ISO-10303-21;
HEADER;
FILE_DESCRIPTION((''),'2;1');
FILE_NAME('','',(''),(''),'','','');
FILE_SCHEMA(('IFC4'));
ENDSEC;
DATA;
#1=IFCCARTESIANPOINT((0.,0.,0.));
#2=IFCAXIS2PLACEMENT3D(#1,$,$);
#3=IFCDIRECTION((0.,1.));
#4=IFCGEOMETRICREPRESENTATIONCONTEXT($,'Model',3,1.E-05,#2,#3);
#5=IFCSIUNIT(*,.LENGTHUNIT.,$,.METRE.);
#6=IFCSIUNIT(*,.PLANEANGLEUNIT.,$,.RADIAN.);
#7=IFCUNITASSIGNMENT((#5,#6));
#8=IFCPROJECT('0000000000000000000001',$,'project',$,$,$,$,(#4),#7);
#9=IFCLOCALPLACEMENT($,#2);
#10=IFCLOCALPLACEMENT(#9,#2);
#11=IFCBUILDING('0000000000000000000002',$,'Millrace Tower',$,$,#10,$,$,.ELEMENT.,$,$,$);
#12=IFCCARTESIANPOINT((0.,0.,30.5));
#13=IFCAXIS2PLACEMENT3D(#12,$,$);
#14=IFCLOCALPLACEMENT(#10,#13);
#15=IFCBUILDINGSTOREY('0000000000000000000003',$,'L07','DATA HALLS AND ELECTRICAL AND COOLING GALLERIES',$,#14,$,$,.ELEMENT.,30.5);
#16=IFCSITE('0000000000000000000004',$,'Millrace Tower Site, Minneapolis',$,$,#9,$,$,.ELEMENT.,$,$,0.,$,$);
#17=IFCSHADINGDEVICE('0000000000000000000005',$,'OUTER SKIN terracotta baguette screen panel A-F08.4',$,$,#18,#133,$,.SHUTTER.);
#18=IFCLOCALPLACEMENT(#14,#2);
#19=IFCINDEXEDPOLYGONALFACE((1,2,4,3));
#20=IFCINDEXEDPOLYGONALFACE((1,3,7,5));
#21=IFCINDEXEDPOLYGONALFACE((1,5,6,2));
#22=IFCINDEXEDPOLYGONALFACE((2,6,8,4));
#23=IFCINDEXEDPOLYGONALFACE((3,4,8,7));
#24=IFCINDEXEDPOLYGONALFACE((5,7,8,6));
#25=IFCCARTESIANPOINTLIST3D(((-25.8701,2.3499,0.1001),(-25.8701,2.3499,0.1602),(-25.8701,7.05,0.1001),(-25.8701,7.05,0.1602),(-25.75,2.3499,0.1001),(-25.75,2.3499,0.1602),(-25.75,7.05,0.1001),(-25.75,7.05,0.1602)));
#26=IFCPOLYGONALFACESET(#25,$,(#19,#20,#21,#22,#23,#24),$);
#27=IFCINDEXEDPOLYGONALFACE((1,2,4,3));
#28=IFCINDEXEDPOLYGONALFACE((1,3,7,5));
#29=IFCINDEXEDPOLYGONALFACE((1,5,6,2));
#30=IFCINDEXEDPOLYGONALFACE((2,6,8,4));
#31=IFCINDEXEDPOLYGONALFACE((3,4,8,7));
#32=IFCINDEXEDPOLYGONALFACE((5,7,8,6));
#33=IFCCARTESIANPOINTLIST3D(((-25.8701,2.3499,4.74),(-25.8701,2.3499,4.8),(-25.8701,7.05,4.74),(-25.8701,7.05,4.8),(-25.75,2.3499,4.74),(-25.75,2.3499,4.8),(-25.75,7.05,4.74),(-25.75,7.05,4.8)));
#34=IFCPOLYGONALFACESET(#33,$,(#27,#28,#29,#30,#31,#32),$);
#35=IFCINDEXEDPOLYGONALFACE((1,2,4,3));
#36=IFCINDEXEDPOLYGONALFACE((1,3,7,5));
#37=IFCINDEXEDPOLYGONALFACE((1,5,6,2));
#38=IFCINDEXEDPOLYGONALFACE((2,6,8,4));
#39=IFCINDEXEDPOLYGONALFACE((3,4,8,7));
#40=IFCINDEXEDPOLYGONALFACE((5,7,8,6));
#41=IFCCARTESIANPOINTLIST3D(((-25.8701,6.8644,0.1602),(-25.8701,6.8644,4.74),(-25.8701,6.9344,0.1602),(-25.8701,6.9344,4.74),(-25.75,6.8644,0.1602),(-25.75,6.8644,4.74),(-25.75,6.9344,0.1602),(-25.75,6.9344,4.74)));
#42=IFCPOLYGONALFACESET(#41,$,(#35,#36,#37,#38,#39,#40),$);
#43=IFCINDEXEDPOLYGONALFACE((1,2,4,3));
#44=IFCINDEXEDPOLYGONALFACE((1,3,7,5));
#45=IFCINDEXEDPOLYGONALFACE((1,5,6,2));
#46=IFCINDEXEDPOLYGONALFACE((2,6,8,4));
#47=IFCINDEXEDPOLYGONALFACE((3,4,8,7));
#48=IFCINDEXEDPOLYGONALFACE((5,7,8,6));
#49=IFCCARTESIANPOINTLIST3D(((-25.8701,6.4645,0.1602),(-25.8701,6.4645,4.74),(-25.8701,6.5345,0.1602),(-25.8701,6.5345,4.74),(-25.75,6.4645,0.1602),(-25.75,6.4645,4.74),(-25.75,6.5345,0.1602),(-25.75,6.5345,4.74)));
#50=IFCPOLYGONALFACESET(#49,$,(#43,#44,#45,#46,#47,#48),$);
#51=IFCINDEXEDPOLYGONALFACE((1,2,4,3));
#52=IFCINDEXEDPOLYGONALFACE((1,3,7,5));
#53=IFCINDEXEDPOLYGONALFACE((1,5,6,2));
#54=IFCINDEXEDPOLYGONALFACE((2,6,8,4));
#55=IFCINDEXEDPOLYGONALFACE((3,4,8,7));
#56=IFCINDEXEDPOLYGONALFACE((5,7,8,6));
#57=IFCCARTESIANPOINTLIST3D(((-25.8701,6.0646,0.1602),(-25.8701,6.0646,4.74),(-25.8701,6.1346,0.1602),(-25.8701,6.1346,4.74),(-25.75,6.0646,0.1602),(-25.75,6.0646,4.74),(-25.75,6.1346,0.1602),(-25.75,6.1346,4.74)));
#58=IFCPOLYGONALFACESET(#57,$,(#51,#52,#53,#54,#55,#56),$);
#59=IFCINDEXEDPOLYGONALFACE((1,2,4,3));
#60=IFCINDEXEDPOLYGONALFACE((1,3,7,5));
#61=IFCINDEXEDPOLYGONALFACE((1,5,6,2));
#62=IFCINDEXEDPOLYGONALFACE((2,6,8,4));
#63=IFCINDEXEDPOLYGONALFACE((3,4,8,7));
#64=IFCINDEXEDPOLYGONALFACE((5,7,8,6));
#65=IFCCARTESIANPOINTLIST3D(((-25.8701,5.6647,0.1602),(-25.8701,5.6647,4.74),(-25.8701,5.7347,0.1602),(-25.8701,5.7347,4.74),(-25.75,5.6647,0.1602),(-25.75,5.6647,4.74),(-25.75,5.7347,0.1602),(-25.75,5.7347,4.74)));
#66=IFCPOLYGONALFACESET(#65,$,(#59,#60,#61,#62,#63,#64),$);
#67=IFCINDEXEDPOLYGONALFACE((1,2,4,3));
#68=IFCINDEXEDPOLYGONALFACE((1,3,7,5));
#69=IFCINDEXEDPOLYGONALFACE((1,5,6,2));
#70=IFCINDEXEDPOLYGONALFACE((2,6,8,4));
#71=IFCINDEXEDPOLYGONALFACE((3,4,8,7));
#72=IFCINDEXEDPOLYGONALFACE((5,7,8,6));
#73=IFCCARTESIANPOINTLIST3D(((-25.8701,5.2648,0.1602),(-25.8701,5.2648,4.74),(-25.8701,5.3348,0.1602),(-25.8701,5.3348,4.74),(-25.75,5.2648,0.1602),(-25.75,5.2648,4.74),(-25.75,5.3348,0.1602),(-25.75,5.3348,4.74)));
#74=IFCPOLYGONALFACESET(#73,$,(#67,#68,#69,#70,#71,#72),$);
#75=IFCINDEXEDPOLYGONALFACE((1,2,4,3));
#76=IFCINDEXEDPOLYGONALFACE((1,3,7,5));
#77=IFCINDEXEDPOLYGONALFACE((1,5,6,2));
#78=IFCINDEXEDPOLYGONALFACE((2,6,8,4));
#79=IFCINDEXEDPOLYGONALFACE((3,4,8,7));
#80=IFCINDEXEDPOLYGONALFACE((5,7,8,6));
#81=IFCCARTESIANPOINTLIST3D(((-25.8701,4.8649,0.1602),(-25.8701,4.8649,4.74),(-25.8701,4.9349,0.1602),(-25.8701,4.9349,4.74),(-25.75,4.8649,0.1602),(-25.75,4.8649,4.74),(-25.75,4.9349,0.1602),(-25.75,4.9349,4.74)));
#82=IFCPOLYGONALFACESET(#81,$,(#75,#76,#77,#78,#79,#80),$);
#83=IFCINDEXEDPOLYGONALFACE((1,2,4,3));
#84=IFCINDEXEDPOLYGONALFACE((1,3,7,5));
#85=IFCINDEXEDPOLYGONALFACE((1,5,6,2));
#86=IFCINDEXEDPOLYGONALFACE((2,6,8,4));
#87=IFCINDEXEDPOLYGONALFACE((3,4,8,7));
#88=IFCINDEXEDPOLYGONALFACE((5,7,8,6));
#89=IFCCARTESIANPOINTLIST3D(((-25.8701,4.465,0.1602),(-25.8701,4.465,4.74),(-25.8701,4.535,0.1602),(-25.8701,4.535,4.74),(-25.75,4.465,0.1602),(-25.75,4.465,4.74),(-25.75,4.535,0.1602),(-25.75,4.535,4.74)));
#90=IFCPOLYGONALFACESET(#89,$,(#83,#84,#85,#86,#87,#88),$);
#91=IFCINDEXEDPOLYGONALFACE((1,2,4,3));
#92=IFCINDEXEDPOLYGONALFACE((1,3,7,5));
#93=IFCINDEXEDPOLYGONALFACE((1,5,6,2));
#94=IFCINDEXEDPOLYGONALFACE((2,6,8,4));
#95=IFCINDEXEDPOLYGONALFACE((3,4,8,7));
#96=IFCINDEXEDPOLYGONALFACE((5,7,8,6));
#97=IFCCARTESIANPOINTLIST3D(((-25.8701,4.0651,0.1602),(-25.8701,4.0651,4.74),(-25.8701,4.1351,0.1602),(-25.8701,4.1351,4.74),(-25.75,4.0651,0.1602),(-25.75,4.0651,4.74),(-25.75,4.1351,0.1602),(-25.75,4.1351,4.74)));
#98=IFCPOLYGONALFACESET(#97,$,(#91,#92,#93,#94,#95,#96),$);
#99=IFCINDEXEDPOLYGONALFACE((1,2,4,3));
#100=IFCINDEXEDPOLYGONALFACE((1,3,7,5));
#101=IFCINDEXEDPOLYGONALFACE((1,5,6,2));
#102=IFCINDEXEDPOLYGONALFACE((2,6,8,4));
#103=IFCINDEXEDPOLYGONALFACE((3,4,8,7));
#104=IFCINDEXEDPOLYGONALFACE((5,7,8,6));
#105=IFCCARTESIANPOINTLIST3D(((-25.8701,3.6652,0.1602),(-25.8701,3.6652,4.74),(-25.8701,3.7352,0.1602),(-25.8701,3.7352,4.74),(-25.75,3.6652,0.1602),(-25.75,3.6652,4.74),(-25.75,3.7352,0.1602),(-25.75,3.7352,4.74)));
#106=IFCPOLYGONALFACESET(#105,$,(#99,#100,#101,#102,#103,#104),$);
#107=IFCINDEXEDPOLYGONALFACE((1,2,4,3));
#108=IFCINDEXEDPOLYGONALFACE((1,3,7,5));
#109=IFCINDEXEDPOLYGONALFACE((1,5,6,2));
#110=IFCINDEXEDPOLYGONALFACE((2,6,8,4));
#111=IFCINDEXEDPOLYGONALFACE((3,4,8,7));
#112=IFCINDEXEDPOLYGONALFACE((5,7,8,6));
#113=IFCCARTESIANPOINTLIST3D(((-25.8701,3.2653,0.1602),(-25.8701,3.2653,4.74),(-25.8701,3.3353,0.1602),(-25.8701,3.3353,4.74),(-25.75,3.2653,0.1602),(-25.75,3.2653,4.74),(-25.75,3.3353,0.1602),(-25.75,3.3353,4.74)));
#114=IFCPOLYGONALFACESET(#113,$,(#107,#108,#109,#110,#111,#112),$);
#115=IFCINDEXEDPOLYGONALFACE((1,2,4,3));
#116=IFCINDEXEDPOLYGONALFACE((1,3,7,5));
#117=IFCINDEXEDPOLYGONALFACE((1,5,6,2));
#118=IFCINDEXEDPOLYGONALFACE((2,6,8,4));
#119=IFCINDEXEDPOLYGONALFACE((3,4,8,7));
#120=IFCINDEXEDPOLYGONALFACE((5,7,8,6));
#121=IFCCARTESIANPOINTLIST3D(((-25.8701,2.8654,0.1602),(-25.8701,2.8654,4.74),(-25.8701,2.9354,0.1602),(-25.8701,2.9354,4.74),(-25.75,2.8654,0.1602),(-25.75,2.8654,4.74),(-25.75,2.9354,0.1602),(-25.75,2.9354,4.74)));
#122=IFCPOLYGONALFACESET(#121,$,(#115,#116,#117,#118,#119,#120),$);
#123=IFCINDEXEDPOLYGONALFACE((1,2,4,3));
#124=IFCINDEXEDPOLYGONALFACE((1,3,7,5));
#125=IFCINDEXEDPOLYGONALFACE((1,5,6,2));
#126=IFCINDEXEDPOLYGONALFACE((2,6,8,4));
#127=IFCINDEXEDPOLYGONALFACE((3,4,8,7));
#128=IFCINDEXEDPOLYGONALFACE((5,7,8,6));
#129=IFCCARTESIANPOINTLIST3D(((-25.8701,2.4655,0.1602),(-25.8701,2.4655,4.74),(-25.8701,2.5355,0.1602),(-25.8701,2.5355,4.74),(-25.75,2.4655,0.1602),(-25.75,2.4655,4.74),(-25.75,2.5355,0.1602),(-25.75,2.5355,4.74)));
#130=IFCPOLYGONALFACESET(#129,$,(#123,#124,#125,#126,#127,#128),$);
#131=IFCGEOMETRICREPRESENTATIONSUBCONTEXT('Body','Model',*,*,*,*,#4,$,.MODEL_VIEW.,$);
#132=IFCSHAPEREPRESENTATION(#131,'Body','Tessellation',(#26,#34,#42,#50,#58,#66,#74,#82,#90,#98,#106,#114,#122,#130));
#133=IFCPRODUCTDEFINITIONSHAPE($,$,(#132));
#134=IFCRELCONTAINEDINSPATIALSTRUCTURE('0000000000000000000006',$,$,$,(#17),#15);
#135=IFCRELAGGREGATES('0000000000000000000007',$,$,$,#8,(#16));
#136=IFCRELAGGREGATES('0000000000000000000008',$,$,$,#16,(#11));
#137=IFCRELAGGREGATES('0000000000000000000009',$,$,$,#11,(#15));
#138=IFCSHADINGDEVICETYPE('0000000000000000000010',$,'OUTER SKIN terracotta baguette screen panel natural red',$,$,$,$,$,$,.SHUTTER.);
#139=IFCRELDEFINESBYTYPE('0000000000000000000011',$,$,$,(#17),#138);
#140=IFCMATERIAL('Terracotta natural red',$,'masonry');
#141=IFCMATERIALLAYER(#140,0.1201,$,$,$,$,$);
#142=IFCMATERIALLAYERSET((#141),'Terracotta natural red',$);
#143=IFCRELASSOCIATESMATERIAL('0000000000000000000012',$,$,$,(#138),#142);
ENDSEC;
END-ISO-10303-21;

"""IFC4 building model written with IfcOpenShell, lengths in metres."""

from ifc_helpers import new_model, entity, si_unit, direction, frame, frame_2d, origin, place, context, subcontext, project, spatial, rectangle, extrude, source, transform, mapped, material, layer, layer_set, type_object, element, save


model = new_model("IFC4")

# Units and contexts
model_context = context("Model", 3, precision=1e-05, world=origin(), true_north=direction((0.0, 1.0)))
body_context = subcontext(model_context, "Body", "Model", "MODEL_VIEW")
ifc_project = project(units=[si_unit("LENGTHUNIT", "METRE"), si_unit("PLANEANGLEUNIT", "RADIAN")], contexts=[model_context])

# Site, building, storey
site_placement = place(None, origin())
site = spatial("IfcSite", under=ifc_project, at=site_placement, Name="Millrace Tower Site, Minneapolis", CompositionType="ELEMENT", RefElevation=0.0)
building_placement = place(site_placement, origin())
building = spatial("IfcBuilding", under=site, at=building_placement, Name="Millrace Tower", CompositionType="ELEMENT")
storey_placement = place(building_placement, frame((0.0, 0.0, 30.5)))
storey = spatial("IfcBuildingStorey", under=building, at=storey_placement, Name="L07", Description="DATA HALLS AND ELECTRICAL AND COOLING GALLERIES", CompositionType="ELEMENT", Elevation=30.5)

# Shading device
cartesian_point = entity("IfcCartesianPoint", [-2.3501, 0.0601])
shared_polyline = entity("IfcPolyline", [cartesian_point, entity("IfcCartesianPoint", [2.3501, 0.0601]), entity("IfcCartesianPoint", [2.3501, -0.0601]), entity("IfcCartesianPoint", [-2.3501, -0.0601]), cartesian_point])
ifc_material_1 = material(Name="Terracotta natural red", Category="masonry")
ifc_layer_1 = layer(ifc_material_1, 0.1201)
ifc_layer_set_1 = layer_set([ifc_layer_1], Name="Terracotta natural red")
shading_device_type_1 = type_object("IfcShadingDeviceType", Name="OUTER SKIN terracotta baguette screen panel natural red", PredefinedType="SHUTTER", material=ifc_layer_set_1)
shared_shape_1 = source(origin(), body_context, "Body", "SweptSolid", [
    entity("IfcExtrudedAreaSolid", entity("IfcArbitraryClosedProfileDef", "AREA", None, shared_polyline), entity("IfcAxis2Placement3D", entity("IfcCartesianPoint", [0.0, 0.0, 0.0])), entity("IfcDirection", [0.0, 0.0, 1.0]), 0.0601),
    entity("IfcExtrudedAreaSolid", entity("IfcArbitraryClosedProfileDef", "AREA", None, shared_polyline), entity("IfcAxis2Placement3D", entity("IfcCartesianPoint", [0.0, 0.0, 4.6399])), entity("IfcDirection", [0.0, 0.0, 1.0]), 0.0601),
    extrude(rectangle(XDim=0.0701, YDim=0.1201, at=frame_2d((-2.1995, 0.0))), frame((0.0, 0.0, 0.0601)), (0.0, 0.0, 1.0), 4.5798),
    extrude(rectangle(XDim=0.0701, YDim=0.1201, at=frame_2d((-1.7996, 0.0))), frame((0.0, 0.0, 0.0601)), (0.0, 0.0, 1.0), 4.5798),
    extrude(rectangle(XDim=0.0701, YDim=0.1201, at=frame_2d((-1.3997, 0.0))), frame((0.0, 0.0, 0.0601)), (0.0, 0.0, 1.0), 4.5798),
    extrude(rectangle(XDim=0.0701, YDim=0.1201, at=frame_2d((-0.9998, 0.0))), frame((0.0, 0.0, 0.0601)), (0.0, 0.0, 1.0), 4.5798),
    extrude(rectangle(XDim=0.0701, YDim=0.1201, at=frame_2d((-0.5999, 0.0))), frame((0.0, 0.0, 0.0601)), (0.0, 0.0, 1.0), 4.5798),
    extrude(rectangle(XDim=0.0701, YDim=0.1201, at=frame_2d((-0.2, 0.0))), frame((0.0, 0.0, 0.0601)), (0.0, 0.0, 1.0), 4.5798),
    extrude(rectangle(XDim=0.0701, YDim=0.1201, at=frame_2d((0.2, 0.0))), frame((0.0, 0.0, 0.0601)), (0.0, 0.0, 1.0), 4.5798),
    extrude(rectangle(XDim=0.0701, YDim=0.1201, at=frame_2d((0.5999, 0.0))), frame((0.0, 0.0, 0.0601)), (0.0, 0.0, 1.0), 4.5798),
    extrude(rectangle(XDim=0.0701, YDim=0.1201, at=frame_2d((0.9998, 0.0))), frame((0.0, 0.0, 0.0601)), (0.0, 0.0, 1.0), 4.5798),
    extrude(rectangle(XDim=0.0701, YDim=0.1201, at=frame_2d((1.3997, 0.0))), frame((0.0, 0.0, 0.0601)), (0.0, 0.0, 1.0), 4.5798),
    extrude(rectangle(XDim=0.0701, YDim=0.1201, at=frame_2d((1.7996, 0.0))), frame((0.0, 0.0, 0.0601)), (0.0, 0.0, 1.0), 4.5798),
    extrude(rectangle(XDim=0.0701, YDim=0.1201, at=frame_2d((2.1995, 0.0))), frame((0.0, 0.0, 0.0601)), (0.0, 0.0, 1.0), 4.5798),
])
for number, where, z_axis, x_axis, name in (
    (1, (-25.8101, 4.7, 0.1001), (0.0, 0.0, 1.0), (0.0, -1.0, 0.0), "OUTER SKIN terracotta baguette screen panel A-F08.4"),
):
    element("IfcShadingDevice", number, at=place(storey_placement, frame(where, z_axis=z_axis, x_axis=x_axis)), inside=storey, type_object=shading_device_type_1, Name=name, PredefinedType="SHUTTER", context=body_context, shape_type="MappedRepresentation", body=[
        mapped(shared_shape_1, transform((0.0, 0.0, 0.0), scale=1.0)),
    ])

save(model, "model.ifc")
